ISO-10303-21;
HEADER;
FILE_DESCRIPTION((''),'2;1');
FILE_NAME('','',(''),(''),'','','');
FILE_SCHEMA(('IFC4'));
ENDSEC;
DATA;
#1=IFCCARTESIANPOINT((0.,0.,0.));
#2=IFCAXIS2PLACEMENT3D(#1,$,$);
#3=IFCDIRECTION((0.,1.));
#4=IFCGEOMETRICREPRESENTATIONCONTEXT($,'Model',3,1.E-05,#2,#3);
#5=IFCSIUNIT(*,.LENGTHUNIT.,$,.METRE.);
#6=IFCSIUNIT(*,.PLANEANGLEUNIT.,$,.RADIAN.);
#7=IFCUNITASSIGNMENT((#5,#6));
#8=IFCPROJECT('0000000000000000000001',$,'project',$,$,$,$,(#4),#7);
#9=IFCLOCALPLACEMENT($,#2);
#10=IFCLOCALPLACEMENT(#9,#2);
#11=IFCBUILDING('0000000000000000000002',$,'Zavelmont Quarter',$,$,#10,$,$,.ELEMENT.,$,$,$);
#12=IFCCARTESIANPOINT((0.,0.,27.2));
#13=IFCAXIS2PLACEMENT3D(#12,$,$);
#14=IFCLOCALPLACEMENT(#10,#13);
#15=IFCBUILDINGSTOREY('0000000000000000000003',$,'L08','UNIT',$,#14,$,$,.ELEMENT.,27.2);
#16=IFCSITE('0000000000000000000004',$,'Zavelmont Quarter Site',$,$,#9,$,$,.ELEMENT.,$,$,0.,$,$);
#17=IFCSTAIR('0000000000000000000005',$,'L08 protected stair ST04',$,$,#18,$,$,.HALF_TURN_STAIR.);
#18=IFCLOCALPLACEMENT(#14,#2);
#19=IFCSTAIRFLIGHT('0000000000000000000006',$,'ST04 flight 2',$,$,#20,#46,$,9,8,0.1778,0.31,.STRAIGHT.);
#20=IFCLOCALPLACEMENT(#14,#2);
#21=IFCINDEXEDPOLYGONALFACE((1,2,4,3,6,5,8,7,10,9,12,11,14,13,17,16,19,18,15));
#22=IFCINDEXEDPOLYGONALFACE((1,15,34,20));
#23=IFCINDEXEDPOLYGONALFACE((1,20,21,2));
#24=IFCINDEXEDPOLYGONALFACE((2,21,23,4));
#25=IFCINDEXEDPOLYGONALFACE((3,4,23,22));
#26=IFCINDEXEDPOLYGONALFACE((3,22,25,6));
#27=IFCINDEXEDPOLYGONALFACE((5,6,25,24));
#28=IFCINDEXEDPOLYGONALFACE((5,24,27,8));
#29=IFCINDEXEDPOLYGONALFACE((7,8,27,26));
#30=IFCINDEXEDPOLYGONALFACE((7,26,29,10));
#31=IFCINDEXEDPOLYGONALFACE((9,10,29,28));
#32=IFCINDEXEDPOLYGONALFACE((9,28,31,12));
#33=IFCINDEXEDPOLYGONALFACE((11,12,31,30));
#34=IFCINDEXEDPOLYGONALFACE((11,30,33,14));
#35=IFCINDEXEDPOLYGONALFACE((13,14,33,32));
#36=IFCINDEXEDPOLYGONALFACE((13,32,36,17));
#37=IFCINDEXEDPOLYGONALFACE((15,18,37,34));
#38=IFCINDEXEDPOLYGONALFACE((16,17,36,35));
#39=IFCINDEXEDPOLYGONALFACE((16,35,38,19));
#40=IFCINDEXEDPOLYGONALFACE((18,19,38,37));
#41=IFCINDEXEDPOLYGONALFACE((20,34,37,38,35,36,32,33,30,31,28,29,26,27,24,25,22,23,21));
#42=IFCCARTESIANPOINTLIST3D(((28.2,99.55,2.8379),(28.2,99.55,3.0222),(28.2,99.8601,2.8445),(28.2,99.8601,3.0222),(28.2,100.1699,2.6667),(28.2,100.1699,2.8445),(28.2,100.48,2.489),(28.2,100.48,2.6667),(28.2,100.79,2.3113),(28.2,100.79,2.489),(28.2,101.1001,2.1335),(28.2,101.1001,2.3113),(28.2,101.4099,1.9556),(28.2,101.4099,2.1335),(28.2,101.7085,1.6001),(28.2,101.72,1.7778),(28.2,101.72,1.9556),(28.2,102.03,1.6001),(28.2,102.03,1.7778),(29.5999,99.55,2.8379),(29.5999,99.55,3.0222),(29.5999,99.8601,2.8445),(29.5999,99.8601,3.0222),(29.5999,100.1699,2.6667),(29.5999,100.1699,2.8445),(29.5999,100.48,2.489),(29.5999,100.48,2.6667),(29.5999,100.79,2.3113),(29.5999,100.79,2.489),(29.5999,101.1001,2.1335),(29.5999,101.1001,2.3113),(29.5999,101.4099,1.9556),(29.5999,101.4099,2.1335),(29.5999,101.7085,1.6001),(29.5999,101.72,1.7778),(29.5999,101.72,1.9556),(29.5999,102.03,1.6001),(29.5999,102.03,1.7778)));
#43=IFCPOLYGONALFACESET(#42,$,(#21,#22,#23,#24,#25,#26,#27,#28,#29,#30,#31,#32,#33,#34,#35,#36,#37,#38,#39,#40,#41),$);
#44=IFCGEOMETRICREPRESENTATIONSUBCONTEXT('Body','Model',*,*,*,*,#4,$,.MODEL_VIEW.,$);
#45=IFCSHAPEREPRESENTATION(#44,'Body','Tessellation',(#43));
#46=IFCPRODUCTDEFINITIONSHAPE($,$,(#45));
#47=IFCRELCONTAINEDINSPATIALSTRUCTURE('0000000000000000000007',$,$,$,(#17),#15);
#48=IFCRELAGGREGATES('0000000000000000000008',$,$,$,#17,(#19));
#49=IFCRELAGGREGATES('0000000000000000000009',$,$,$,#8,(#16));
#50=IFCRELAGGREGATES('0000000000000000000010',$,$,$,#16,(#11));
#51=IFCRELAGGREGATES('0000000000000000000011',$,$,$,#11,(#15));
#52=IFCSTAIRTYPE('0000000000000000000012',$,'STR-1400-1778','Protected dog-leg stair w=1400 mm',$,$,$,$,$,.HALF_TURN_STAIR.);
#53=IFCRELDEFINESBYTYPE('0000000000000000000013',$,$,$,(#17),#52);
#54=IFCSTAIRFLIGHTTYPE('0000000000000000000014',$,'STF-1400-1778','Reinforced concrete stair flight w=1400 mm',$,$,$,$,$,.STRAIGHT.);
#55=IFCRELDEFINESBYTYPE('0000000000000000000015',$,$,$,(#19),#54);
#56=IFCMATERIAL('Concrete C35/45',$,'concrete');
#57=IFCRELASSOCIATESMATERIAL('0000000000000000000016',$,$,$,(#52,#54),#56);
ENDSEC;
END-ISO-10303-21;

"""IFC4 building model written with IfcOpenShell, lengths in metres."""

from ifc_helpers import new_model, si_unit, direction, frame, origin, place, context, subcontext, project, spatial, polyline, outline, extrude, material, type_object, element, aggregate, save


model = new_model("IFC4")

# Units and contexts
model_context = context("Model", 3, precision=1e-05, world=origin(), true_north=direction((0.0, 1.0)))
body_context = subcontext(model_context, "Body", "Model", "MODEL_VIEW")
ifc_project = project(units=[si_unit("LENGTHUNIT", "METRE"), si_unit("PLANEANGLEUNIT", "RADIAN")], contexts=[model_context])

# Site, building, storey
site_placement = place(None, origin())
site = spatial("IfcSite", under=ifc_project, at=site_placement, Name="Zavelmont Quarter Site", CompositionType="ELEMENT", RefElevation=0.0)
building_placement = place(site_placement, origin())
building = spatial("IfcBuilding", under=site, at=building_placement, Name="Zavelmont Quarter", CompositionType="ELEMENT")
storey_placement = place(building_placement, frame((0.0, 0.0, 27.2)))
storey = spatial("IfcBuildingStorey", under=building, at=storey_placement, Name="L08", Description="UNIT", CompositionType="ELEMENT", Elevation=27.2)

# Shared definitions
ifc_material_1 = material(Name="Concrete C35/45", Category="concrete")

# Stair, stair flight
stair_type = type_object("IfcStairType", Name="STR-1400-1778", Description="Protected dog-leg stair w=1400 mm", PredefinedType="HALF_TURN_STAIR", material=ifc_material_1)
stair_placement = place(storey_placement, origin())
stair = element("IfcStair", 1, at=stair_placement, inside=storey, type_object=stair_type, Name="L08 protected stair ST04", PredefinedType="HALF_TURN_STAIR")
stair_flight_type = type_object("IfcStairFlightType", Name="STF-1400-1778", Description="Reinforced concrete stair flight w=1400 mm", PredefinedType="STRAIGHT", material=ifc_material_1)
stair_flight_1_placement = place(storey_placement, frame((28.8999, 102.03, 1.6001), z_axis=(0.0, 0.0, 1.0), x_axis=(0.0, -1.0, 0.0)))
stair_flight_1 = element("IfcStairFlight", 2, at=stair_flight_1_placement, type_object=stair_flight_type, Name="ST04 flight 2", NumberOfRisers=9, NumberOfTreads=8, PredefinedType="STRAIGHT", RiserHeight=0.1778, TreadLength=0.31, context=body_context, shape_type="SweptSolid", body=[
    extrude(outline(polyline([(0.0, 0.0), (0.0, 0.1777), (0.3101, 0.1777), (0.3101, 0.3555), (0.6201, 0.3555), (0.6201, 0.5334), (0.9299, 0.5334), (0.9299, 0.7112), (1.24, 0.7112), (1.24, 0.8889), (1.55, 0.8889), (1.55, 1.0667), (1.8601, 1.0667), (1.8601, 1.2444), (2.1699, 1.2444), (2.1699, 1.4221), (2.48, 1.4221), (2.48, 1.6001), (2.48, 1.2378), (0.3215, 0.0), (0.0, 0.0)])), frame((0.0, 0.7, 0.0), z_axis=(0.0, -1.0, 0.0), x_axis=(1.0, 0.0, 0.0)), (0.0, 0.0, 1.0), 1.3999),
])
aggregate(stair, [stair_flight_1])

save(model, "model.ifc")
